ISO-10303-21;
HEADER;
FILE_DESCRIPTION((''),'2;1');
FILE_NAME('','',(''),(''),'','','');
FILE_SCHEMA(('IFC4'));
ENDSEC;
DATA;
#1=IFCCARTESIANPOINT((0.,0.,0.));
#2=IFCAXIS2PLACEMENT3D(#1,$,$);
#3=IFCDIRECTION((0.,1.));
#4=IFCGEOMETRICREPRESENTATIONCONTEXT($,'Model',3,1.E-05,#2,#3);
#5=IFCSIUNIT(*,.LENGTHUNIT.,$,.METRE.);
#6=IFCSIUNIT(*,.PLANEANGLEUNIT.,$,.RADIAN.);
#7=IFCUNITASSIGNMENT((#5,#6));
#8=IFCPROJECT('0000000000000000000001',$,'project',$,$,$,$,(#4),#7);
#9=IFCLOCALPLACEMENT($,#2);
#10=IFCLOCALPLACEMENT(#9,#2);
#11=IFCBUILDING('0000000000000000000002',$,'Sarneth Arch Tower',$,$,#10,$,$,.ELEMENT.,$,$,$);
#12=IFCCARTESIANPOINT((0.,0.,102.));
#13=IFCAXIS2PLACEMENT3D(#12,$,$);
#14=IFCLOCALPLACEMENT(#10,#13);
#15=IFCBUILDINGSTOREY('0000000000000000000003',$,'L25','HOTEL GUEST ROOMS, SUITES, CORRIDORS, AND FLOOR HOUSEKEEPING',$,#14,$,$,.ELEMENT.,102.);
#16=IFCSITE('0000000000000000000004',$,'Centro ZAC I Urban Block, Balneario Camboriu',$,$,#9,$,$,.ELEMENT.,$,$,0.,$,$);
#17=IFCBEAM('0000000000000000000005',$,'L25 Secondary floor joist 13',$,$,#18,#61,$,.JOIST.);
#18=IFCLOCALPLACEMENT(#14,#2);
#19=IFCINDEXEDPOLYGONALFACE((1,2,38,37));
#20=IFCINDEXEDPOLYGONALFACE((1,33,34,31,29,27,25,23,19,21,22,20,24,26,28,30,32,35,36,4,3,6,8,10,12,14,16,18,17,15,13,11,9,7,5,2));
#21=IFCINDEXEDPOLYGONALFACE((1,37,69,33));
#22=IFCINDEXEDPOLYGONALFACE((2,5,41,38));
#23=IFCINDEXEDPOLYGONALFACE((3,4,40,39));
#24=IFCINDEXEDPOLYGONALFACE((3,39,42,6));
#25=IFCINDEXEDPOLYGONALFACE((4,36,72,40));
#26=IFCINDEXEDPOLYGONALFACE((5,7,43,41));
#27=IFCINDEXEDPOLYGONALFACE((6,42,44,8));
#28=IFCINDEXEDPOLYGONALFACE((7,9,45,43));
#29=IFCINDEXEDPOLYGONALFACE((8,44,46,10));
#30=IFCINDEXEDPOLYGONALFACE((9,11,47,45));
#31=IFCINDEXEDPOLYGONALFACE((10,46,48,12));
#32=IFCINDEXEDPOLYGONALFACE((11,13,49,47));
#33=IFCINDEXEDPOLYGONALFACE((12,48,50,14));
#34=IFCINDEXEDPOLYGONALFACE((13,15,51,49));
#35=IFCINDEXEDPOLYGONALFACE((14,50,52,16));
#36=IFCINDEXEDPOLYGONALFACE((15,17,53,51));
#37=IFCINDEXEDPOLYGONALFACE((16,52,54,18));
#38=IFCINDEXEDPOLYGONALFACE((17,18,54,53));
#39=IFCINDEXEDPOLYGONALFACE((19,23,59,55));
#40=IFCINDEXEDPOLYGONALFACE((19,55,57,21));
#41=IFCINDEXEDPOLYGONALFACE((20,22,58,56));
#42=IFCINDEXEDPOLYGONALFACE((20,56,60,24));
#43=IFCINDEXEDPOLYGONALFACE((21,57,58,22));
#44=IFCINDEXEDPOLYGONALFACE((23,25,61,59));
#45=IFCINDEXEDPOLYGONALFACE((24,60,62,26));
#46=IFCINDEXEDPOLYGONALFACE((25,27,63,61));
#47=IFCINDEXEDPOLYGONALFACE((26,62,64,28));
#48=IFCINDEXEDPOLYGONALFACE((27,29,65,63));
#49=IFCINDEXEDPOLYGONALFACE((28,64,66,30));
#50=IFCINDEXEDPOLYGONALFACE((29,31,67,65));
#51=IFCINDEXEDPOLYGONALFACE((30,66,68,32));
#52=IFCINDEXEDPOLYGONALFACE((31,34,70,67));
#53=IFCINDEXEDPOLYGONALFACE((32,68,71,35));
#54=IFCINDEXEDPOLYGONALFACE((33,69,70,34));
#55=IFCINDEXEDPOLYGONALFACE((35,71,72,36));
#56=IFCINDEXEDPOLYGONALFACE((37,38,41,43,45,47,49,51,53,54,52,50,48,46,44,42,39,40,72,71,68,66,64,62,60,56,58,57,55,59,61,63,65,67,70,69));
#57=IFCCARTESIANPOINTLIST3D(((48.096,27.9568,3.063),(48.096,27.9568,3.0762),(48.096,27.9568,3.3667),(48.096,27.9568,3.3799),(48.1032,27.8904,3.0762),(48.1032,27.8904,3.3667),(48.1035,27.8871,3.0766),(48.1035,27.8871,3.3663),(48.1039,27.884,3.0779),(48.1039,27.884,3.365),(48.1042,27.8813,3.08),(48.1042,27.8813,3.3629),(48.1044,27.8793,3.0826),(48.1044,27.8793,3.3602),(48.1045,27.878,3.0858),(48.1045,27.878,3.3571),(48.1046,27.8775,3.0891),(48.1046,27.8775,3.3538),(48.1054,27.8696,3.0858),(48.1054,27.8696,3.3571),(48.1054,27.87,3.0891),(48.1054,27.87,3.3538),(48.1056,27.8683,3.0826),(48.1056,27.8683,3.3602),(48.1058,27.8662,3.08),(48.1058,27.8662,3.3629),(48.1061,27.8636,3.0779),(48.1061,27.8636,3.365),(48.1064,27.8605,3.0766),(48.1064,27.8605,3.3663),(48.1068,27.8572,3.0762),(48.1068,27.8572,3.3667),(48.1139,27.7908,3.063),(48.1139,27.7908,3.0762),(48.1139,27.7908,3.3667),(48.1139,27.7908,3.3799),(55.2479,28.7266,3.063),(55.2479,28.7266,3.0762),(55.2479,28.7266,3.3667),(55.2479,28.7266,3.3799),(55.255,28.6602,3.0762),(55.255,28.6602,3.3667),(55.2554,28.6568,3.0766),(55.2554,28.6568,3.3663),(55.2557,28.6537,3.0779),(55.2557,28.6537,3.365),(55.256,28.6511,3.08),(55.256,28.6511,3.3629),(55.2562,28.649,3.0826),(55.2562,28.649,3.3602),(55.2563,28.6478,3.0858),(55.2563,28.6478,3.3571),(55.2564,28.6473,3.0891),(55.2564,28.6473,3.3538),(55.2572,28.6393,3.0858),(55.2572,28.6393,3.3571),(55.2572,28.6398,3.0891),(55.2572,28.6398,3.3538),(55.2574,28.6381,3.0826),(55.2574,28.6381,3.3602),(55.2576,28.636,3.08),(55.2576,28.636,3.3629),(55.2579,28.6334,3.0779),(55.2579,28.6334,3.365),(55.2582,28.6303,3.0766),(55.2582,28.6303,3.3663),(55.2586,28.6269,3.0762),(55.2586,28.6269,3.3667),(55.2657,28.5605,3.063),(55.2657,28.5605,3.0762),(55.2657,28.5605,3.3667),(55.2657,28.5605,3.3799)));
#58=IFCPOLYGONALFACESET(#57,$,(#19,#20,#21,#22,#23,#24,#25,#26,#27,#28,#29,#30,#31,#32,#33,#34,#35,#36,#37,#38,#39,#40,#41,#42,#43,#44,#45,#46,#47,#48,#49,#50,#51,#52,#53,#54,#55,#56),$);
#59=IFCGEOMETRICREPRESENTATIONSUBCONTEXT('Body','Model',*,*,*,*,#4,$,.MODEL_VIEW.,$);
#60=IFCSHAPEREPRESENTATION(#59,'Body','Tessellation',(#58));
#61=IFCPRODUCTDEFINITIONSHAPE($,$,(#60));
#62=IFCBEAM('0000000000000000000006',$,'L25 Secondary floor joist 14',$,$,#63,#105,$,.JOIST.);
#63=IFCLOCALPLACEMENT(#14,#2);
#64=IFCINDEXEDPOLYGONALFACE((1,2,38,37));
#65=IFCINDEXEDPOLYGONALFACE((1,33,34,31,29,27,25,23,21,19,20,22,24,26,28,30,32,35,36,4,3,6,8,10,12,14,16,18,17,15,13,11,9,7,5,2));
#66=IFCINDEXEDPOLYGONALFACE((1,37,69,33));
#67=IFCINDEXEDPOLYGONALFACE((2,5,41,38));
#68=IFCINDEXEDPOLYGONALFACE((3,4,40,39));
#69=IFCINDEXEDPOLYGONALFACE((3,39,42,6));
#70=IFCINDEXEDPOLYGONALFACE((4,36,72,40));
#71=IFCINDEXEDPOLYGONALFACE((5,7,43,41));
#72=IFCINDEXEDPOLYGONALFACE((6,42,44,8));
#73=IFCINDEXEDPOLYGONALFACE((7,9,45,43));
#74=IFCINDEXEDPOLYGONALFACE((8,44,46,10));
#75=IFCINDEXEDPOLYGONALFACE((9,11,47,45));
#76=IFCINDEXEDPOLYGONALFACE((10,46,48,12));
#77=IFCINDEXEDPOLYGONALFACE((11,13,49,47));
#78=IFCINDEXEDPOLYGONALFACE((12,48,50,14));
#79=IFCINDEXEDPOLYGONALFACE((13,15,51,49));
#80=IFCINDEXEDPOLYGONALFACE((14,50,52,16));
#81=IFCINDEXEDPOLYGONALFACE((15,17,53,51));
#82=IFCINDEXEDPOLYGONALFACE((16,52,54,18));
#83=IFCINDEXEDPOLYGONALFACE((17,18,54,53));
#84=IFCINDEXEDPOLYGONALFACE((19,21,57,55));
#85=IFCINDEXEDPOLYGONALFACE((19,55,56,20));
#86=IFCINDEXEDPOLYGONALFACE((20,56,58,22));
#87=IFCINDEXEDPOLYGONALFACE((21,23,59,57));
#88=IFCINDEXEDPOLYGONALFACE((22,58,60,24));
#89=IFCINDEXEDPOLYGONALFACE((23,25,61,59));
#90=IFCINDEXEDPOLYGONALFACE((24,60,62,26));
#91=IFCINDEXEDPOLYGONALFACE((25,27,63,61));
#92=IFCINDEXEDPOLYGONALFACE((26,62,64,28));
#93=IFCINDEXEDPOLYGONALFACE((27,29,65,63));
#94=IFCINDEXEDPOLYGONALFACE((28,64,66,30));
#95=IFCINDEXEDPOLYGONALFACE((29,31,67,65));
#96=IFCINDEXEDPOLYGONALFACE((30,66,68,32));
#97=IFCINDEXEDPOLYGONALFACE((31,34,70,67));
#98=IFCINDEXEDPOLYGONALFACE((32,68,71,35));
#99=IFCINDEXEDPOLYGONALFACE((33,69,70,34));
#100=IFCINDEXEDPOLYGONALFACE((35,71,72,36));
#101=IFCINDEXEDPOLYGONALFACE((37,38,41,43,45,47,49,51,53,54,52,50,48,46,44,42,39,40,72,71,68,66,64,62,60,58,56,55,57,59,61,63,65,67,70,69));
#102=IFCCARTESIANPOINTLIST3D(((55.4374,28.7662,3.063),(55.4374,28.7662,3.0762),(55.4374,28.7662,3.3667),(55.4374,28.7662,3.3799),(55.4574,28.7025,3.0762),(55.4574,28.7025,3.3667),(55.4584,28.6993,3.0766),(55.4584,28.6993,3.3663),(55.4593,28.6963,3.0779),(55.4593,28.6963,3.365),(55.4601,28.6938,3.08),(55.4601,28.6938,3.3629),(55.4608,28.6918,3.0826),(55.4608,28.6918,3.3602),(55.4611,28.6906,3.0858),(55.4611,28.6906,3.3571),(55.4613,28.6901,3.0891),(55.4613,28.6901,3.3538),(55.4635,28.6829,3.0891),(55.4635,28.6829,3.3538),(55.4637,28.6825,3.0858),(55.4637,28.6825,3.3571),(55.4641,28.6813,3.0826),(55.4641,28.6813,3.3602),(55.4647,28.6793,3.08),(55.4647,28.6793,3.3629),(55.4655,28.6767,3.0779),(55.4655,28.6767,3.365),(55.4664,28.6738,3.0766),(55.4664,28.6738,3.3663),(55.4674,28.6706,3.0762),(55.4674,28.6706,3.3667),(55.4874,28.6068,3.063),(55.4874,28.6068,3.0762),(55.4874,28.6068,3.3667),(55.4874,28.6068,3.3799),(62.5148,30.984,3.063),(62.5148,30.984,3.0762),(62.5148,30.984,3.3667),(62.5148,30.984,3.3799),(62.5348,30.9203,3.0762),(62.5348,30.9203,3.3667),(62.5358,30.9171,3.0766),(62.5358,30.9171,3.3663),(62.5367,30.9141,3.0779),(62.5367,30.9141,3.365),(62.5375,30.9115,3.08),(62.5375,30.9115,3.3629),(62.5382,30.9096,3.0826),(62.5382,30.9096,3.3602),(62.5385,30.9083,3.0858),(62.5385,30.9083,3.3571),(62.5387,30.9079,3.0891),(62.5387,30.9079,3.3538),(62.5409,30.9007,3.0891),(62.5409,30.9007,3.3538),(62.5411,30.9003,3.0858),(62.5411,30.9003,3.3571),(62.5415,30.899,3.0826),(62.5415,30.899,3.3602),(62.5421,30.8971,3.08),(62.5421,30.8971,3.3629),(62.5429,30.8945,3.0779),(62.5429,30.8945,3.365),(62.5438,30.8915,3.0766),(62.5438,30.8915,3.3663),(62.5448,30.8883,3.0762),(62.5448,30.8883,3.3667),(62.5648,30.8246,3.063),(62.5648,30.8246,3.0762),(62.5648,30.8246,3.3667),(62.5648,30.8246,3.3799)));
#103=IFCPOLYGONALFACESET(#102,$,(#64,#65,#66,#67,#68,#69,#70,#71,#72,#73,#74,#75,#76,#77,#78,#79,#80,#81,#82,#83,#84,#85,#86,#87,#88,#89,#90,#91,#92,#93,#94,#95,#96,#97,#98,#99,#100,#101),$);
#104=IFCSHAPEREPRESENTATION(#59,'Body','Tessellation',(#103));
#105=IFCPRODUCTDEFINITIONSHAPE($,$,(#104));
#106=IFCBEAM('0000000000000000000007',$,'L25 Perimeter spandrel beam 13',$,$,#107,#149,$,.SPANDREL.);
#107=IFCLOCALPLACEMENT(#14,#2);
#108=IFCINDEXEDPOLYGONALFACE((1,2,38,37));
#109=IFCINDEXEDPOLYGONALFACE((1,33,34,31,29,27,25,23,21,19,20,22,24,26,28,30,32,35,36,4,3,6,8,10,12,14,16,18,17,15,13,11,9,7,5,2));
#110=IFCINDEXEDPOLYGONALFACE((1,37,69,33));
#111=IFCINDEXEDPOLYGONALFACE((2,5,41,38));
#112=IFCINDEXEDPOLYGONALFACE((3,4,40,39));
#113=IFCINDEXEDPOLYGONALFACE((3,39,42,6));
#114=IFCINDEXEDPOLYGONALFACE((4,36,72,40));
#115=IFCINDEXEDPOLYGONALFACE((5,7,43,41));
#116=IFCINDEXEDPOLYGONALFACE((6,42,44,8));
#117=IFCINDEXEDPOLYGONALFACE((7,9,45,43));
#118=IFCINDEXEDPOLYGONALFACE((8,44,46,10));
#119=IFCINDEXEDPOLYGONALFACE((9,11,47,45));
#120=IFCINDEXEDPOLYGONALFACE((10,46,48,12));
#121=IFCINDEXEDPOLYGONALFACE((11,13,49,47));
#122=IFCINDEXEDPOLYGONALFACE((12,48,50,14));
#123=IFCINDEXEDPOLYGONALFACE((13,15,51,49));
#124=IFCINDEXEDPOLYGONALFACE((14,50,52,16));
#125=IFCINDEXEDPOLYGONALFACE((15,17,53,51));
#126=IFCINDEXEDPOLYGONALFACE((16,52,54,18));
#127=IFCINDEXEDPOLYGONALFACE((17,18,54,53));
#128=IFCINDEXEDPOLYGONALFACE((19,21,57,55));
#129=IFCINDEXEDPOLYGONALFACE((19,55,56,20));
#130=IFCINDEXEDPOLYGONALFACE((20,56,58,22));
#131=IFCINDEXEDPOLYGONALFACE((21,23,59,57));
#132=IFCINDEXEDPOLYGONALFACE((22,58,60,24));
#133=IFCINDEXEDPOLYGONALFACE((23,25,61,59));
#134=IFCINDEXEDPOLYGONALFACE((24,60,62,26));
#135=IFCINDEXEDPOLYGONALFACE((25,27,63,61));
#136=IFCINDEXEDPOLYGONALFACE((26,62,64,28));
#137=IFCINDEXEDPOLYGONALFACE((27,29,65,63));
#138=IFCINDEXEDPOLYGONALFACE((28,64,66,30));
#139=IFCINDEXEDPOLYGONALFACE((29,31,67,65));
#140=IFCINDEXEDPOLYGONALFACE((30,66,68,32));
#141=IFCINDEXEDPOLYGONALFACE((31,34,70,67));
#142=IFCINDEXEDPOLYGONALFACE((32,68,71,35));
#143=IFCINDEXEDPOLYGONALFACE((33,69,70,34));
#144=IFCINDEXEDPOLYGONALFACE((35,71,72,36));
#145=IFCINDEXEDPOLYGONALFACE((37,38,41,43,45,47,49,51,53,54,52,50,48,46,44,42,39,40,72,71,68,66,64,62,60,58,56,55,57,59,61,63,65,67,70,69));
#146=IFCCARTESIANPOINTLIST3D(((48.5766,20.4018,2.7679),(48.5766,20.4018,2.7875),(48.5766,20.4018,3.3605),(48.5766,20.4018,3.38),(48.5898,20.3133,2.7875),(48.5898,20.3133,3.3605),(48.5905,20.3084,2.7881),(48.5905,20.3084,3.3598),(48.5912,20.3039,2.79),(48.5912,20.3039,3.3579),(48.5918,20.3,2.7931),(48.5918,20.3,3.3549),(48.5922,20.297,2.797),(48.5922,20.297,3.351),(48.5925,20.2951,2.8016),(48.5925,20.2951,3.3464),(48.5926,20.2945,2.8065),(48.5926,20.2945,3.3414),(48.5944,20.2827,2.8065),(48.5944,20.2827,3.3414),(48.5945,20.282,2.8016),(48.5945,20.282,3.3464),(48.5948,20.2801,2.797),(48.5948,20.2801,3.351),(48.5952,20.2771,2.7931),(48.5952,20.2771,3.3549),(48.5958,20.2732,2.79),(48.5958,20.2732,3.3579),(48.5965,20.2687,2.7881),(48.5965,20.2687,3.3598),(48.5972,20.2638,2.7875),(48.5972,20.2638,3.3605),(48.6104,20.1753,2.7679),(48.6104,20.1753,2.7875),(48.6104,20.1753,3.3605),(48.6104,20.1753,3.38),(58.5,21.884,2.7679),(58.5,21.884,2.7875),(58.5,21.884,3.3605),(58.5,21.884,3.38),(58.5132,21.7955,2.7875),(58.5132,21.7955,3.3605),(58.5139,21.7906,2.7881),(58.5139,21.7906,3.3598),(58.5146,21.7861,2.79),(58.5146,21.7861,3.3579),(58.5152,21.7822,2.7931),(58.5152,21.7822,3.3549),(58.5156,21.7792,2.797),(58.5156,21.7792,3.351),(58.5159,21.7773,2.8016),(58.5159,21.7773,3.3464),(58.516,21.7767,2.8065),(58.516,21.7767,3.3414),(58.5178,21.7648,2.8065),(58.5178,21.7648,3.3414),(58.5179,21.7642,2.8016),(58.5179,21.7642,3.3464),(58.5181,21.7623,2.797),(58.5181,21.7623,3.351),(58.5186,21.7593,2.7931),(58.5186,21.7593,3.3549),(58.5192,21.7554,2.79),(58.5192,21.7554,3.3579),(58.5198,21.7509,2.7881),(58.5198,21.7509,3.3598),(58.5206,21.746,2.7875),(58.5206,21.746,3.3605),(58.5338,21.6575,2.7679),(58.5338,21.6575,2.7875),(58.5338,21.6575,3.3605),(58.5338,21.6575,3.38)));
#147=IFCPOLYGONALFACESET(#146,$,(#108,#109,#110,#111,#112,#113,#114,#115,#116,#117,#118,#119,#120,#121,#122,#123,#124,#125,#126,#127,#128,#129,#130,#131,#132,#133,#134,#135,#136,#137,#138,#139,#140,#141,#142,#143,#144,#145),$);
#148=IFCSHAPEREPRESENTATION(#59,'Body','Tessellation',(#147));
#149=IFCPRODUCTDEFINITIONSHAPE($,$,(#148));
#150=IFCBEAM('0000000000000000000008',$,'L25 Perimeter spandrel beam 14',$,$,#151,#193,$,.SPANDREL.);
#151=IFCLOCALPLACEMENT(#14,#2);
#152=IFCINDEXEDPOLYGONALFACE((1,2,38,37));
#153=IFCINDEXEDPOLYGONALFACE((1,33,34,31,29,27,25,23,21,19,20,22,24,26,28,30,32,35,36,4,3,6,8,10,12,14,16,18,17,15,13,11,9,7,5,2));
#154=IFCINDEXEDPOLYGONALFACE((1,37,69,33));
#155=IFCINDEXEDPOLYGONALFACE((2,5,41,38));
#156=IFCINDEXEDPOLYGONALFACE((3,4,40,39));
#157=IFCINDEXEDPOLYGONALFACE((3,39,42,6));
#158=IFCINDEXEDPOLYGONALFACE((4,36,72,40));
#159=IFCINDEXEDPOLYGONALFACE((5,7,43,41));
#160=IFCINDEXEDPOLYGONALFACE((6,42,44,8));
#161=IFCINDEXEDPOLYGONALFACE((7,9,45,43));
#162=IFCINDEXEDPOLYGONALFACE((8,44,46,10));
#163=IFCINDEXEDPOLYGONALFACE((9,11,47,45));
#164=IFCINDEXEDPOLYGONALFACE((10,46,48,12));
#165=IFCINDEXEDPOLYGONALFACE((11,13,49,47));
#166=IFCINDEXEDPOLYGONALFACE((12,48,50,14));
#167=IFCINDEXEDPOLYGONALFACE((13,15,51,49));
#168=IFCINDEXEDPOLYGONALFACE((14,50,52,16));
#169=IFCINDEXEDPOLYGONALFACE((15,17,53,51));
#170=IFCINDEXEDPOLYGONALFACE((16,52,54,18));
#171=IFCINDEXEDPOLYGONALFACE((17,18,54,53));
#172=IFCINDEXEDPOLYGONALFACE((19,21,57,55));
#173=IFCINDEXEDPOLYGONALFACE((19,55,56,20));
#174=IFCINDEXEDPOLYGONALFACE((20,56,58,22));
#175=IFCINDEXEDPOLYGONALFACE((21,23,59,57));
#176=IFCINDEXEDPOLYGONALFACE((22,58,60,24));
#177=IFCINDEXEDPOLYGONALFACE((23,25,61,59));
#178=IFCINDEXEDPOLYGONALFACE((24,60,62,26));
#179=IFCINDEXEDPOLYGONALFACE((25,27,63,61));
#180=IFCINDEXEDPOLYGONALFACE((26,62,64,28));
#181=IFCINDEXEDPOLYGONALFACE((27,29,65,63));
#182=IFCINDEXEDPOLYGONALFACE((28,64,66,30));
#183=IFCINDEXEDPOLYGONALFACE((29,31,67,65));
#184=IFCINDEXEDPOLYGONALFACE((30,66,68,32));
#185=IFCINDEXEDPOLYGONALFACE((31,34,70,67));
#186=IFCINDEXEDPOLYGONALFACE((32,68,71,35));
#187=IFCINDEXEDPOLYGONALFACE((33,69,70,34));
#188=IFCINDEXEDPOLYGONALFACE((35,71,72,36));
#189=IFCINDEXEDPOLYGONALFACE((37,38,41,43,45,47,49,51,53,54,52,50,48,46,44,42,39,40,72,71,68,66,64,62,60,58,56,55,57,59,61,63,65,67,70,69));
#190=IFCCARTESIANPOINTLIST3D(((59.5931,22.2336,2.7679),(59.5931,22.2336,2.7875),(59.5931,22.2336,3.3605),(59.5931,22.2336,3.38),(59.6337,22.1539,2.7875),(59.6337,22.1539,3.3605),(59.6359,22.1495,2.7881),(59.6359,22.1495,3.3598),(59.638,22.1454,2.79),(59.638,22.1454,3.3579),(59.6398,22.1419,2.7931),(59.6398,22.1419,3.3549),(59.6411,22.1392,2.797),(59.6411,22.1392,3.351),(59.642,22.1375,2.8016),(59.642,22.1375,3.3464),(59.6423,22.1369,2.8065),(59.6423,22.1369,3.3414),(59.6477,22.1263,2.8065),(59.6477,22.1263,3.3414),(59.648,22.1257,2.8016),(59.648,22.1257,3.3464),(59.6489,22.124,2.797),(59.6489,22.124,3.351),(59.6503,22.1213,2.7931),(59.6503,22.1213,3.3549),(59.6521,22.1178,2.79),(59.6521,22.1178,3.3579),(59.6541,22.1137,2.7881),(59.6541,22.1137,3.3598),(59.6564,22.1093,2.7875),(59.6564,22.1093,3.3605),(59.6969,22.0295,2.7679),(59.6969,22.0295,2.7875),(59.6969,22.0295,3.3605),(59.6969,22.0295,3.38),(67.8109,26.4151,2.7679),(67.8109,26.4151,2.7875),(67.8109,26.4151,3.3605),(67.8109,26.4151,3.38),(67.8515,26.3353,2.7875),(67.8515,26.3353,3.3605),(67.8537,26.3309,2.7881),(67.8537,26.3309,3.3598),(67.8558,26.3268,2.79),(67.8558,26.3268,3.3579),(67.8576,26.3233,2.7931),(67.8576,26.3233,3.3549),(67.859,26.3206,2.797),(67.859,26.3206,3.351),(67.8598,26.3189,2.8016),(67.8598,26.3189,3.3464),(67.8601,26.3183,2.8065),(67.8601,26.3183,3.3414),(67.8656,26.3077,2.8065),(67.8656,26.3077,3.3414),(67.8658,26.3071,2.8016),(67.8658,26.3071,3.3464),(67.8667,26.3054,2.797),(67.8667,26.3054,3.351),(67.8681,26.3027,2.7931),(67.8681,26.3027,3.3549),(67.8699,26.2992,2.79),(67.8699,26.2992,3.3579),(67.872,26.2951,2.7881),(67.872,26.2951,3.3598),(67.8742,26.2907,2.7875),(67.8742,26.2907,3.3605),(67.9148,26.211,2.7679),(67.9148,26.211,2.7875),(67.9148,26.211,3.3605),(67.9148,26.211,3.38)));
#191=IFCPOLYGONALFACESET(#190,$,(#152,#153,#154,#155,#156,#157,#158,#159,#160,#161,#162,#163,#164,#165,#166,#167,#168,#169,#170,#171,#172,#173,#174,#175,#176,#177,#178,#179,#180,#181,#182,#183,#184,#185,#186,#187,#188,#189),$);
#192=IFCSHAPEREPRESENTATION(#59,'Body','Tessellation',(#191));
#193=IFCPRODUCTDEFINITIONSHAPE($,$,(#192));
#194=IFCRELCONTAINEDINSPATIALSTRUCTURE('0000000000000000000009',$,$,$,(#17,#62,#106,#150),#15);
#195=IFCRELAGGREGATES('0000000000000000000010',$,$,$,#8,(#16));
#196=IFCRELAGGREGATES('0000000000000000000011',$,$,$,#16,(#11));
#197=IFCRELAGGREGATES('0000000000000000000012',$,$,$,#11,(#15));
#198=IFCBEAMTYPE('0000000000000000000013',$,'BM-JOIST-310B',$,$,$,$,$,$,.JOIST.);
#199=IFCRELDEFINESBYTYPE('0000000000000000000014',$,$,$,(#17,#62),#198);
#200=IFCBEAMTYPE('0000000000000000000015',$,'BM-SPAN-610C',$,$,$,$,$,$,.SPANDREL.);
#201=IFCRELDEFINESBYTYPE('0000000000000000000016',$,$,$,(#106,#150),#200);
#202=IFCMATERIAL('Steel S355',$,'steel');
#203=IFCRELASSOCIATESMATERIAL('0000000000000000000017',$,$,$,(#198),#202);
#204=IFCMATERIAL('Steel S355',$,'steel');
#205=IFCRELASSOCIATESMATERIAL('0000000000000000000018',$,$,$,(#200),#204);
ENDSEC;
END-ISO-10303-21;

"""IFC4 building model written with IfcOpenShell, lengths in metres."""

from ifc_helpers import new_model, si_unit, direction, frame, origin, origin_2d, place, context, subcontext, project, spatial, i_section, extrude, material, material_profile, profile_set, type_object, element, save


model = new_model("IFC4")

# Units and contexts
model_context = context("Model", 3, precision=1e-05, world=origin(), true_north=direction((0.0, 1.0)))
body_context = subcontext(model_context, "Body", "Model", "MODEL_VIEW")
ifc_project = project(units=[si_unit("LENGTHUNIT", "METRE"), si_unit("PLANEANGLEUNIT", "RADIAN")], contexts=[model_context])

# Site, building, storey
site_placement = place(None, origin())
site = spatial("IfcSite", under=ifc_project, at=site_placement, Name="Centro ZAC I Urban Block, Balneario Camboriu", CompositionType="ELEMENT", RefElevation=0.0)
building_placement = place(site_placement, origin())
building = spatial("IfcBuilding", under=site, at=building_placement, Name="Sarneth Arch Tower", CompositionType="ELEMENT")
storey_placement = place(building_placement, frame((0.0, 0.0, 102.0)))
storey = spatial("IfcBuildingStorey", under=building, at=storey_placement, Name="L25", Description="HOTEL GUEST ROOMS, SUITES, CORRIDORS, AND FLOOR HOUSEKEEPING", CompositionType="ELEMENT", Elevation=102.0)

# Beams
ifc_material_1 = material(Name="Steel S355", Category="steel")
ifc_material_profile_1 = material_profile(ifc_material_1, i_section(OverallWidth=0.167, OverallDepth=0.3169, WebThickness=0.0076, FlangeThickness=0.0132, FilletRadius=0.0129, at=origin_2d()), Name="W310x52")
ifc_profile_set_1 = profile_set([ifc_material_profile_1], Name="Steel S355")
beam_type_1 = type_object("IfcBeamType", Name="BM-JOIST-310B", PredefinedType="JOIST", material=ifc_profile_set_1)
beam_1_placement = place(storey_placement, frame((48.105, 27.8738, 3.2214), z_axis=(0.994257, 0.107015, 0.0), x_axis=(-0.107015, 0.994257, 0.0)))
element("IfcBeam", 1, at=beam_1_placement, inside=storey, type_object=beam_type_1, Name="L25 Secondary floor joist 13", PredefinedType="JOIST", context=body_context, shape_type="SweptSolid", body=[
    extrude(i_section(OverallWidth=0.167, OverallDepth=0.3169, WebThickness=0.0076, FlangeThickness=0.0132, FilletRadius=0.0129, at=origin_2d()), origin(), (0.0, 0.0, 1.0), 7.1931),
])
beam_2_placement = place(storey_placement, frame((55.4624, 28.6865, 3.2214), z_axis=(0.954246, 0.299023, 0.0), x_axis=(-0.299023, 0.954246, 0.0)))
element("IfcBeam", 2, at=beam_2_placement, inside=storey, type_object=beam_type_1, Name="L25 Secondary floor joist 14", PredefinedType="JOIST", context=body_context, shape_type="SweptSolid", body=[
    extrude(i_section(OverallWidth=0.167, OverallDepth=0.3169, WebThickness=0.0076, FlangeThickness=0.0132, FilletRadius=0.0129, at=origin_2d()), origin(), (0.0, 0.0, 1.0), 7.4167),
])
ifc_material_2 = material(Name="Steel S355", Category="steel")
ifc_material_profile_2 = material_profile(ifc_material_2, i_section(OverallWidth=0.229, OverallDepth=0.6121, WebThickness=0.012, FlangeThickness=0.0195, FilletRadius=0.019, at=origin_2d()), Name="W610x125")
ifc_profile_set_2 = profile_set([ifc_material_profile_2], Name="Steel S355")
beam_type_2 = type_object("IfcBeamType", Name="BM-SPAN-610C", PredefinedType="SPANDREL", material=ifc_profile_set_2)
beam_3_placement = place(storey_placement, frame((48.5935, 20.2886, 3.074), z_axis=(0.989029, 0.147724, 0.0), x_axis=(-0.147724, 0.989029, 0.0)))
element("IfcBeam", 3, at=beam_3_placement, inside=storey, type_object=beam_type_2, Name="L25 Perimeter spandrel beam 13", PredefinedType="SPANDREL", context=body_context, shape_type="SweptSolid", body=[
    extrude(i_section(OverallWidth=0.229, OverallDepth=0.6121, WebThickness=0.012, FlangeThickness=0.0195, FilletRadius=0.019, at=origin_2d()), origin(), (0.0, 0.0, 1.0), 10.0334),
])
beam_4_placement = place(storey_placement, frame((59.645, 22.1316, 3.074), z_axis=(0.891259, 0.453494, 0.0), x_axis=(-0.453494, 0.891259, 0.0)))
element("IfcBeam", 4, at=beam_4_placement, inside=storey, type_object=beam_type_2, Name="L25 Perimeter spandrel beam 14", PredefinedType="SPANDREL", context=body_context, shape_type="SweptSolid", body=[
    extrude(i_section(OverallWidth=0.229, OverallDepth=0.6121, WebThickness=0.012, FlangeThickness=0.0195, FilletRadius=0.019, at=origin_2d()), origin(), (0.0, 0.0, 1.0), 9.2205),
])

save(model, "model.ifc")
